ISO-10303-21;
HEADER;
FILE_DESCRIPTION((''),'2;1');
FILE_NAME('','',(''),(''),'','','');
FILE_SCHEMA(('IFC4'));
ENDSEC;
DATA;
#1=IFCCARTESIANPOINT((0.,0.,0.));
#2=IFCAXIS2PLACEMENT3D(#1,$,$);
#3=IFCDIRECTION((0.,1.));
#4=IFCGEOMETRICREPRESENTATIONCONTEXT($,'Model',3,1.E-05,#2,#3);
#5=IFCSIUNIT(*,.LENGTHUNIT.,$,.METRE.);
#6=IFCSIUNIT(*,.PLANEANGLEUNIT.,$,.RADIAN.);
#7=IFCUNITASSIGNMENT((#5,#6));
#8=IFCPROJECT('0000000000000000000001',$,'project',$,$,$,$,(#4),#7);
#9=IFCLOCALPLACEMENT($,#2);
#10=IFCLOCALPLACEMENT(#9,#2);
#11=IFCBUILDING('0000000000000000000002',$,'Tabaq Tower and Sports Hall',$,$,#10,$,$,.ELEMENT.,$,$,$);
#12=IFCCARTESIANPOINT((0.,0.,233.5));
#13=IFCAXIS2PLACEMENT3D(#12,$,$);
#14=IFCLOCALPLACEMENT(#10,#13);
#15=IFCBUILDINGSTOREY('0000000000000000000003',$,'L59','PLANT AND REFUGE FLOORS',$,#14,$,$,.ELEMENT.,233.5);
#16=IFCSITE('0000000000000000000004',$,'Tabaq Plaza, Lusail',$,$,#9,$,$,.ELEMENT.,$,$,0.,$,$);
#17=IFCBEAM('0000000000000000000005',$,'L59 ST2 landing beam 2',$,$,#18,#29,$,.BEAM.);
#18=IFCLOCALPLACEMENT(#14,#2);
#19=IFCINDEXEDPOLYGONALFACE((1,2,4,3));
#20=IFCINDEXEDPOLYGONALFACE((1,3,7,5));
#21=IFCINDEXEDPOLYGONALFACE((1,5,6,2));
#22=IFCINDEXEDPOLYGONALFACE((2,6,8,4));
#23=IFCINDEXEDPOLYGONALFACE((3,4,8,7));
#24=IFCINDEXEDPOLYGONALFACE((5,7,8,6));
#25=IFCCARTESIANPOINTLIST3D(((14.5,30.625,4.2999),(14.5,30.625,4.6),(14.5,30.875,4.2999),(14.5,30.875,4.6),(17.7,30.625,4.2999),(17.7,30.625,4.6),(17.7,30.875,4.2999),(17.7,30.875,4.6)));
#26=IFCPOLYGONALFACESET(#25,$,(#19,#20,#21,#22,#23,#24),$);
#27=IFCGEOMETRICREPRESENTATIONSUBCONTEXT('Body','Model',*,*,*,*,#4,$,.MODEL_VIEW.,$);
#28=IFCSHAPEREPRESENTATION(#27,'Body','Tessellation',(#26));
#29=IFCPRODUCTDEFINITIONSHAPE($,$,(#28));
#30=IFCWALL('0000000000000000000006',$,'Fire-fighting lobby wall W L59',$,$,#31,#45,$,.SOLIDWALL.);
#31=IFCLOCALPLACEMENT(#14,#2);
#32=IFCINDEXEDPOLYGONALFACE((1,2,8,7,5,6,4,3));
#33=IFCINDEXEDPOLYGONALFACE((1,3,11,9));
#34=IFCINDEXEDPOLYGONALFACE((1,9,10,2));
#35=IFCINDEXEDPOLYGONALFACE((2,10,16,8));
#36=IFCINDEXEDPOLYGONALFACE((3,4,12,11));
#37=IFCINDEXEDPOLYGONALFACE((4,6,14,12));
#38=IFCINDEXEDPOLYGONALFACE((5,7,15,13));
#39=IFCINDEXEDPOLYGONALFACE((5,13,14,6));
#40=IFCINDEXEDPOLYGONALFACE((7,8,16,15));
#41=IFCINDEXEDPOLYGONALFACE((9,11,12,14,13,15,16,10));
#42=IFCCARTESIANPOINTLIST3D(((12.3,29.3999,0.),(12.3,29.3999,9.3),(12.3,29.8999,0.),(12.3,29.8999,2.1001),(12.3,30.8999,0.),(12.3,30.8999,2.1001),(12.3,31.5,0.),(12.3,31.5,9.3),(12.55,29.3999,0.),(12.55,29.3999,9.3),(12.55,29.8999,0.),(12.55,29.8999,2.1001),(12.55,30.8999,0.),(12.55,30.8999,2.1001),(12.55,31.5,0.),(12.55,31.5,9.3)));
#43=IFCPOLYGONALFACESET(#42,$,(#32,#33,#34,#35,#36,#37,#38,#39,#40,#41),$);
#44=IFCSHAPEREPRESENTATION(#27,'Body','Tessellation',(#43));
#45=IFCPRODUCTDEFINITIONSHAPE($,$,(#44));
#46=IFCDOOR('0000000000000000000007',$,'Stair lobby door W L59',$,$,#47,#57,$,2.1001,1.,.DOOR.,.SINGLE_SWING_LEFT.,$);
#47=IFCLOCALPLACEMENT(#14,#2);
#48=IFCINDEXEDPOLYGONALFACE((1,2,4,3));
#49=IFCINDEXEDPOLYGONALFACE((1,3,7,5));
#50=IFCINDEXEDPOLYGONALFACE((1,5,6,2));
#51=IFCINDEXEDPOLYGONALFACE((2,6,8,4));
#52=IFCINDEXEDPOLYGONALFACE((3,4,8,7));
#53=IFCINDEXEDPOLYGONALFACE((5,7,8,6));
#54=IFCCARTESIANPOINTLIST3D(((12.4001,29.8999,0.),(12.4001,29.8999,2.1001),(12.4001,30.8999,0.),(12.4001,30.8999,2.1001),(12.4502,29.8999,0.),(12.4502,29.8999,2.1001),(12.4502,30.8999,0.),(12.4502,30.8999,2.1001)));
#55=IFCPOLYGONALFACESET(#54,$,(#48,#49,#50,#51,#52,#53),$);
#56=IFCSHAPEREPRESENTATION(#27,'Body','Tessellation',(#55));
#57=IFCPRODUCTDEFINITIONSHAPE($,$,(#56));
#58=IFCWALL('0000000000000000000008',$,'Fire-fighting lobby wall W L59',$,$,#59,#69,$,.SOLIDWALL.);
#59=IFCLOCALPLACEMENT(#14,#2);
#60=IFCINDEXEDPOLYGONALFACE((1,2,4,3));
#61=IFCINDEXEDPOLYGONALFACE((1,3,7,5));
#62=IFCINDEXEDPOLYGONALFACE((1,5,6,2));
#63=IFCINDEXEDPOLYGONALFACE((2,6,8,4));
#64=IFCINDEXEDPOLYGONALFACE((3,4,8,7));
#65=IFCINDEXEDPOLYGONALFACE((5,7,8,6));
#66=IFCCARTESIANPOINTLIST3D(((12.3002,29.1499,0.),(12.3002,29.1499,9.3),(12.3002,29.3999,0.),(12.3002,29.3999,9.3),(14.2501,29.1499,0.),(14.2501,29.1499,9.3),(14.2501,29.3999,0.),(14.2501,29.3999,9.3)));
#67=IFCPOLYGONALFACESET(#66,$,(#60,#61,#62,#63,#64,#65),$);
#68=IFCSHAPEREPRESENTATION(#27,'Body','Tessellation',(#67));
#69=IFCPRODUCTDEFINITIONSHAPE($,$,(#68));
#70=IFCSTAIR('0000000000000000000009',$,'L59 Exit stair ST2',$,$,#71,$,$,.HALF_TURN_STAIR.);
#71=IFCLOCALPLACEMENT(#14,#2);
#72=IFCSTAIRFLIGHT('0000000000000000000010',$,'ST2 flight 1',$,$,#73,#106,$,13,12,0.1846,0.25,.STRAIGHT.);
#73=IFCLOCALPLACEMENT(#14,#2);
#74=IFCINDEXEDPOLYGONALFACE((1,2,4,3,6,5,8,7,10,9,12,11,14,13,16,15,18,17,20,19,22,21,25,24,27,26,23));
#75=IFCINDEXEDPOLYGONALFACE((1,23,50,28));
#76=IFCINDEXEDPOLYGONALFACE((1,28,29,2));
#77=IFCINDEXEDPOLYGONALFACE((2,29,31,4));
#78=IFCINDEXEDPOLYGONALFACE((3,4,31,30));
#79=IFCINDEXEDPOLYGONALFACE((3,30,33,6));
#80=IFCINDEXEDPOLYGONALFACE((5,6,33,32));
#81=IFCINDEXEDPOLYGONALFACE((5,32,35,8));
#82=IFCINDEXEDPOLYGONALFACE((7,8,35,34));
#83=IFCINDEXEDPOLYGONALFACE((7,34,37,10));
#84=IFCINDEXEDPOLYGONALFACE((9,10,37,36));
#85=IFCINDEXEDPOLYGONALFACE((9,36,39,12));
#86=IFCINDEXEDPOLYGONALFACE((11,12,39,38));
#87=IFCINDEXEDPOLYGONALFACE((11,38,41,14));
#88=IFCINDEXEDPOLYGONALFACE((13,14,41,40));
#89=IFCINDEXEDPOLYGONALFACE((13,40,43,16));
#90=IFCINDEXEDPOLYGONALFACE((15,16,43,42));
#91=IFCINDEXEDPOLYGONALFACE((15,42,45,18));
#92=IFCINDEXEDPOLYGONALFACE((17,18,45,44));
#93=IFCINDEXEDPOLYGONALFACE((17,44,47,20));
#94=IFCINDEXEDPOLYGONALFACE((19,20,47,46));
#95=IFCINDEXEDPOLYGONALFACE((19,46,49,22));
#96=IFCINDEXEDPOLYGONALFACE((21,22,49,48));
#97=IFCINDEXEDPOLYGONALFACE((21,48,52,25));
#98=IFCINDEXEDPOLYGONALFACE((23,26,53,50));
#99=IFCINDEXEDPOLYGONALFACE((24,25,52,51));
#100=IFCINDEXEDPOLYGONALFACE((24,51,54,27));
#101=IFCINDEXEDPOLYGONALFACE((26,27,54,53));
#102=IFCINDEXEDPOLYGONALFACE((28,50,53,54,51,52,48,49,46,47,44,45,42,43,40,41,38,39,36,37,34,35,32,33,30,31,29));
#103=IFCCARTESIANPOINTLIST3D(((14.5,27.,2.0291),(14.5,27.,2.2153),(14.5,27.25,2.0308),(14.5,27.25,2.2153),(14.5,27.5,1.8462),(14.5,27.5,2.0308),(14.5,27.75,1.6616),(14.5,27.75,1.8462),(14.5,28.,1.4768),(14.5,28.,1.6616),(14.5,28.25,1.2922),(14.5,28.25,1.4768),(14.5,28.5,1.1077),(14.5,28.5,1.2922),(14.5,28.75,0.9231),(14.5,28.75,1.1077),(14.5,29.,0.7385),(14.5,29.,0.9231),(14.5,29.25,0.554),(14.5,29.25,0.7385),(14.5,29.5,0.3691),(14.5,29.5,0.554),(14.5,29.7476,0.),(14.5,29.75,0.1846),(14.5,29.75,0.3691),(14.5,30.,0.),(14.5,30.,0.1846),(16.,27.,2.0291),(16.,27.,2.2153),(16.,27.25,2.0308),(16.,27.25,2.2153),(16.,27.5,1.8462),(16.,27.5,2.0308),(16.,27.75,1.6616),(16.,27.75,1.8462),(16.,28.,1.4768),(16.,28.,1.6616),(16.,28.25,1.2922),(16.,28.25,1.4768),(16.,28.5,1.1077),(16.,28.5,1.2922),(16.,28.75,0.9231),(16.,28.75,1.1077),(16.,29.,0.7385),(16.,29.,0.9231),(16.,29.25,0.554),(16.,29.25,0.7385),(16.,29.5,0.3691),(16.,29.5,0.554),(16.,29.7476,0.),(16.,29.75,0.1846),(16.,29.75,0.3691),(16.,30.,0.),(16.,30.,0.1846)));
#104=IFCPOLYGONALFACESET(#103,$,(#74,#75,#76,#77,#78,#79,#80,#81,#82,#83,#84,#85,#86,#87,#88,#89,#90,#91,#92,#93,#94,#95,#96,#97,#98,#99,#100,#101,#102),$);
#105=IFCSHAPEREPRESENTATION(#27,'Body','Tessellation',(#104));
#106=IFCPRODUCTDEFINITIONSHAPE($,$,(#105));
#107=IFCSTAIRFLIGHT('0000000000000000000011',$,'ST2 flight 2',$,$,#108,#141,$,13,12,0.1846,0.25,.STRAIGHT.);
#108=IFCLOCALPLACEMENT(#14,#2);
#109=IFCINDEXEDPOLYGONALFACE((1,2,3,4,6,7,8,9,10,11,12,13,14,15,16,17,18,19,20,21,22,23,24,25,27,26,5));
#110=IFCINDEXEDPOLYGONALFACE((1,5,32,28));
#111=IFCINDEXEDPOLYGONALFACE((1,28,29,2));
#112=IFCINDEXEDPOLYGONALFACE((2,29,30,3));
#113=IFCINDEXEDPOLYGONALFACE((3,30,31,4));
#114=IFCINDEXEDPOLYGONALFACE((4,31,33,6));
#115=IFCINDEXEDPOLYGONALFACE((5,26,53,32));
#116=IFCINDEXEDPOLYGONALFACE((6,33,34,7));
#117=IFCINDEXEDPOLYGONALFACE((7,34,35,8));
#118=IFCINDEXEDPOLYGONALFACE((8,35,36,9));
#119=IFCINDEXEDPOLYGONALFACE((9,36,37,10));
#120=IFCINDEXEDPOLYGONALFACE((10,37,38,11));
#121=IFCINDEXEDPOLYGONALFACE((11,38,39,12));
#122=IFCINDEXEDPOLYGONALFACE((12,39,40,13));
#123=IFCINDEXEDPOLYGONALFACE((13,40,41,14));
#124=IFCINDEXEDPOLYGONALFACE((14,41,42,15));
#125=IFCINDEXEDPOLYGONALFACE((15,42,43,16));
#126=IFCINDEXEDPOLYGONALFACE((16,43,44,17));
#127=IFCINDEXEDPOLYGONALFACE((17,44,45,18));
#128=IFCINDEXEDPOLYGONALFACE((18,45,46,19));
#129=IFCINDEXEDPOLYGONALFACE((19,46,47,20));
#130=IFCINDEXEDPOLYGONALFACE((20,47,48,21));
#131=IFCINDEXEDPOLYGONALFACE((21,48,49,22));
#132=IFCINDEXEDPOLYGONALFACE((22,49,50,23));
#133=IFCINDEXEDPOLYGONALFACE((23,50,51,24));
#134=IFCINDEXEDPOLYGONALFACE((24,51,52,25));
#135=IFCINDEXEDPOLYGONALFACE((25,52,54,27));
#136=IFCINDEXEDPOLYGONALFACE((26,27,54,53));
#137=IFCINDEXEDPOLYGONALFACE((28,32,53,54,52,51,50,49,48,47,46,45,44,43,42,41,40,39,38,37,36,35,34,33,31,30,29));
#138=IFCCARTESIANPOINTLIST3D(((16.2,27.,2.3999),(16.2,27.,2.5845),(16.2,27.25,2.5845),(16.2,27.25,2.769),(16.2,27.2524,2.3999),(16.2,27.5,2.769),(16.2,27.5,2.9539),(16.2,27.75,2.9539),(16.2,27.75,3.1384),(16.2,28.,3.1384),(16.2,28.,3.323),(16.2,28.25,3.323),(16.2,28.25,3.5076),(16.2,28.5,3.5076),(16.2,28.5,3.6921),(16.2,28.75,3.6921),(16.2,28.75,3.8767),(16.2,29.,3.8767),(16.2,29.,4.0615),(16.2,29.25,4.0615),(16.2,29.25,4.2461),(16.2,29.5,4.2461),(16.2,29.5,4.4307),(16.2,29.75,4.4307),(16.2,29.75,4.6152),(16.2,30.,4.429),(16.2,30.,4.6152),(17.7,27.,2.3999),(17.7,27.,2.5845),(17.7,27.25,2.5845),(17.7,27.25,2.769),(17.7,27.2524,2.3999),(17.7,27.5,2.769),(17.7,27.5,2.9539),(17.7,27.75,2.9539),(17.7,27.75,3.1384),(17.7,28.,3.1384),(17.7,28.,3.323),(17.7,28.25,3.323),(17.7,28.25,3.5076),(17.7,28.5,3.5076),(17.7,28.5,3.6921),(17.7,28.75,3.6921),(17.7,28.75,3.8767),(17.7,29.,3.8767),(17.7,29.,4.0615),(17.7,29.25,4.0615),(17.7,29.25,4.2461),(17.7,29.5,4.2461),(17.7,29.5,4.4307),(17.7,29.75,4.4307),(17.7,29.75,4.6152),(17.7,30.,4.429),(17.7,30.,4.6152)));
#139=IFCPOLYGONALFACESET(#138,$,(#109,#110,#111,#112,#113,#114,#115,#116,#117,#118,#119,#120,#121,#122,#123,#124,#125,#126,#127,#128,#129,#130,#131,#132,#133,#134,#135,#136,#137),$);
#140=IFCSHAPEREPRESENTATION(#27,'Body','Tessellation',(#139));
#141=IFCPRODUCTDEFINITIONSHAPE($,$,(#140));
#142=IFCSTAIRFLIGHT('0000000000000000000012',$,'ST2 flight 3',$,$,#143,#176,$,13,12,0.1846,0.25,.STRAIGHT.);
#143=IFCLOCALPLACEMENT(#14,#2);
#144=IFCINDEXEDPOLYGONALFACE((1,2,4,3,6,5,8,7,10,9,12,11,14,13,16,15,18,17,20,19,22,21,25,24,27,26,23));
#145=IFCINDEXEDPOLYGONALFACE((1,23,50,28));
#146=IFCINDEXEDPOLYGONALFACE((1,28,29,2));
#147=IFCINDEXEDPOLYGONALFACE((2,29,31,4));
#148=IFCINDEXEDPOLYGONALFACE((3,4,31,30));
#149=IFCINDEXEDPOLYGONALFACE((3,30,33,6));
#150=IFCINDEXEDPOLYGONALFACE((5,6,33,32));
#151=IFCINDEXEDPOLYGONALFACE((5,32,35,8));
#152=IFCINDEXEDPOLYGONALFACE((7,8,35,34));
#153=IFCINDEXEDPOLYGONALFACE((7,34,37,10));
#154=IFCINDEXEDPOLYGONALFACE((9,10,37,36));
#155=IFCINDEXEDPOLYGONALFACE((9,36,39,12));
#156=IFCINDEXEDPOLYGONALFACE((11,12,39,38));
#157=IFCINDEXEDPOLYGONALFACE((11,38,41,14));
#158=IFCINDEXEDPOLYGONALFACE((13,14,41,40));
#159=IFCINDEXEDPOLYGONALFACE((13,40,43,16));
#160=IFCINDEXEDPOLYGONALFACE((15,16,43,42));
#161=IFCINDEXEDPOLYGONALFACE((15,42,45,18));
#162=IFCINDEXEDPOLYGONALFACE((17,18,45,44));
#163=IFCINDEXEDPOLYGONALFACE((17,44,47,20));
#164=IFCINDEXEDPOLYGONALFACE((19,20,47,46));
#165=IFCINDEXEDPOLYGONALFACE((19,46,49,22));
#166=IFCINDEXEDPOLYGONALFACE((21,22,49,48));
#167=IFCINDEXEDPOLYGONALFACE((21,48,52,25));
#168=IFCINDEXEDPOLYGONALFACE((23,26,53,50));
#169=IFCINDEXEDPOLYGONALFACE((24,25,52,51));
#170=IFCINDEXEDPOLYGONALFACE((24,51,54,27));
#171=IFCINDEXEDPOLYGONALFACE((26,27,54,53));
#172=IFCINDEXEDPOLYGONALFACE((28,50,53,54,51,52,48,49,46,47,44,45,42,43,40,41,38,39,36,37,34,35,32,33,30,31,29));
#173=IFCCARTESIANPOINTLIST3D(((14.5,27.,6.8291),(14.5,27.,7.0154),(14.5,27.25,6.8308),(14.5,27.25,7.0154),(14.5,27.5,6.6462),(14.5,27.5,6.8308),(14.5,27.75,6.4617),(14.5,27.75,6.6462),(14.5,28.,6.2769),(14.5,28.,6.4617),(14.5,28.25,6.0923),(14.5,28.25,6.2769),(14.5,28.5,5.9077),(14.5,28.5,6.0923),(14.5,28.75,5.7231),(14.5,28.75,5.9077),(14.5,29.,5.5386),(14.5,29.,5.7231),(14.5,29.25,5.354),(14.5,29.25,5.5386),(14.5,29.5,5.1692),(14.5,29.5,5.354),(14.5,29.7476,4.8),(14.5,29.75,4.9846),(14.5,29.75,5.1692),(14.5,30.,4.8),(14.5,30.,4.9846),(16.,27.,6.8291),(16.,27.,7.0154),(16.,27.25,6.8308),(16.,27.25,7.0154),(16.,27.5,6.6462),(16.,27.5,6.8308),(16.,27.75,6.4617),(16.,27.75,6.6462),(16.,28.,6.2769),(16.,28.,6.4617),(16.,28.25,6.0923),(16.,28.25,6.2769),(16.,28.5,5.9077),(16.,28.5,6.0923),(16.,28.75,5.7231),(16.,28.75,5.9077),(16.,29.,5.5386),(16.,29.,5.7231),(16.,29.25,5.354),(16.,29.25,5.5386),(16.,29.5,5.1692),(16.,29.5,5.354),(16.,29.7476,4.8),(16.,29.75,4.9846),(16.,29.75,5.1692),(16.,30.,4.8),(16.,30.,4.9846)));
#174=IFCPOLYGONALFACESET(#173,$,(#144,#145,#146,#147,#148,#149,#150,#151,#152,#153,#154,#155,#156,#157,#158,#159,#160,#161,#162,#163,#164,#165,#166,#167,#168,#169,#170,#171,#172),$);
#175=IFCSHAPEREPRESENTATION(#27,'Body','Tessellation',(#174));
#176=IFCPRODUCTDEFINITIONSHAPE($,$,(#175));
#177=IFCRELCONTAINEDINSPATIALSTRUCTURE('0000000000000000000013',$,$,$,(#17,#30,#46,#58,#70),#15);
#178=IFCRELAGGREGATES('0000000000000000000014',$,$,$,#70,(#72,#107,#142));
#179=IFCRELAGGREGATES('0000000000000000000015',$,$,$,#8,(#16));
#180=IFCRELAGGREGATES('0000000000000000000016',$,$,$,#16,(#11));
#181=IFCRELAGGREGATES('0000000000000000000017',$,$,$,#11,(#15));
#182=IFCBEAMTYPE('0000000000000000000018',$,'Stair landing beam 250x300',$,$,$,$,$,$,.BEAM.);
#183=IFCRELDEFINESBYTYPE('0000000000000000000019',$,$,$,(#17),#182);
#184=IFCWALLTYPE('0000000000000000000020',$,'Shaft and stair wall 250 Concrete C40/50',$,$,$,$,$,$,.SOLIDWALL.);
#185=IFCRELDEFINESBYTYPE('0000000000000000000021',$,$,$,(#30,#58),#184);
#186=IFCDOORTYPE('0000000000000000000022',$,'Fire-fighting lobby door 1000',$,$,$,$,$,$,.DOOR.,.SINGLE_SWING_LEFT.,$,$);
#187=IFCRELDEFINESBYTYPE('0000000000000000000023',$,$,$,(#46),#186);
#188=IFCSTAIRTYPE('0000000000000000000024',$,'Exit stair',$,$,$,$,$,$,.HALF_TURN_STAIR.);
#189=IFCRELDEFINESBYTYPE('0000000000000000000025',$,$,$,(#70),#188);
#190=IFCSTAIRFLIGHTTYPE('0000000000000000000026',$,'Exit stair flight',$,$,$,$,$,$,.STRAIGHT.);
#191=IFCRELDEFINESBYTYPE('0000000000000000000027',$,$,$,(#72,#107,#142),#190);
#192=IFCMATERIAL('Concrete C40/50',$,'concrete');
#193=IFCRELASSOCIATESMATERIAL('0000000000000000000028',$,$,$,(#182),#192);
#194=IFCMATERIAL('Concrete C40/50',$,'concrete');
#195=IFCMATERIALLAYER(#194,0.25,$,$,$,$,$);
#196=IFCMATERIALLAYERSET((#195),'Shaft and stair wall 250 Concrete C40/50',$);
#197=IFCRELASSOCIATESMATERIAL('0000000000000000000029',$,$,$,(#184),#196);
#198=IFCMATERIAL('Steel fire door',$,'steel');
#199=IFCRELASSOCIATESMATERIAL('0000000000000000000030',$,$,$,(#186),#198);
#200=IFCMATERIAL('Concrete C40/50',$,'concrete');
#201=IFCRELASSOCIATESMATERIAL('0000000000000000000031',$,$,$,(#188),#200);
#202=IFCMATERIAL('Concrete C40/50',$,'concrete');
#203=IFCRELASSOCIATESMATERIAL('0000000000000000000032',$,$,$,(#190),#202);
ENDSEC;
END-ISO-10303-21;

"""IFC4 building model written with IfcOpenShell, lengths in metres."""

from ifc_helpers import new_model, si_unit, direction, frame, frame_2d, origin, origin_2d, place, context, subcontext, project, spatial, polyline, rectangle, outline, extrude, material, layer, layer_set, material_profile, profile_set, type_object, element, fill, aggregate, save


model = new_model("IFC4")

# Units and contexts
model_context = context("Model", 3, precision=1e-05, world=origin(), true_north=direction((0.0, 1.0)))
body_context = subcontext(model_context, "Body", "Model", "MODEL_VIEW")
ifc_project = project(units=[si_unit("LENGTHUNIT", "METRE"), si_unit("PLANEANGLEUNIT", "RADIAN")], contexts=[model_context])

# Site, building, storey
site_placement = place(None, origin())
site = spatial("IfcSite", under=ifc_project, at=site_placement, Name="Tabaq Plaza, Lusail", CompositionType="ELEMENT", RefElevation=0.0)
building_placement = place(site_placement, origin())
building = spatial("IfcBuilding", under=site, at=building_placement, Name="Tabaq Tower and Sports Hall", CompositionType="ELEMENT")
storey_placement = place(building_placement, frame((0.0, 0.0, 233.5)))
storey = spatial("IfcBuildingStorey", under=building, at=storey_placement, Name="L59", Description="PLANT AND REFUGE FLOORS", CompositionType="ELEMENT", Elevation=233.5)

# Beam
ifc_material_1 = material(Name="Concrete C40/50", Category="concrete")
ifc_material_profile = material_profile(ifc_material_1, rectangle(XDim=0.25, YDim=0.3, at=origin_2d()), Name="RC 250x300")
ifc_profile_set = profile_set([ifc_material_profile], Name="Concrete C40/50")
beam_type = type_object("IfcBeamType", Name="Stair landing beam 250x300", PredefinedType="BEAM", material=ifc_profile_set)
beam_placement = place(storey_placement, frame((14.5, 30.75, 4.45), z_axis=(1.0, 0.0, 0.0), x_axis=(0.0, 1.0, 0.0)))
element("IfcBeam", 1, at=beam_placement, inside=storey, type_object=beam_type, Name="L59 ST2 landing beam 2", PredefinedType="BEAM", context=body_context, shape_type="SweptSolid", body=[
    extrude(rectangle(XDim=0.25, YDim=0.3, at=origin_2d()), origin(), (0.0, 0.0, 1.0), 3.2),
])

# Wall, opening, door
ifc_material_2 = material(Name="Concrete C40/50", Category="concrete")
ifc_layer = layer(ifc_material_2, 0.25)
ifc_layer_set = layer_set([ifc_layer], Name="Shaft and stair wall 250 Concrete C40/50")
wall_type = type_object("IfcWallType", Name="Shaft and stair wall 250 Concrete C40/50", PredefinedType="SOLIDWALL", material=ifc_layer_set)
wall_1_placement = place(storey_placement, frame((12.425, 29.3999, 0.0), z_axis=(0.0, 0.0, 1.0), x_axis=(0.0, 1.0, 0.0)))
wall_1 = element("IfcWall", 2, at=wall_1_placement, inside=storey, type_object=wall_type, Name="Fire-fighting lobby wall W L59", PredefinedType="SOLIDWALL", context=body_context, shape_type="SweptSolid", body=[
    extrude(rectangle(XDim=2.1001, YDim=0.25, at=frame_2d((1.05, 0.0))), origin(), (0.0, 0.0, 1.0), 9.3),
])
opening_placement = place(wall_1_placement, frame((0.5, 0.0, 0.0)))
opening = element("IfcOpeningElement", 3, at=opening_placement, cuts=wall_1, PredefinedType="OPENING", context=body_context, shape_type="SweptSolid", body=[
    extrude(rectangle(XDim=1.0, YDim=2.1001, at=frame_2d((0.5, 1.05))), frame((0.0, 0.125, 0.0), z_axis=(0.0, -1.0, 0.0), x_axis=(1.0, 0.0, 0.0)), (0.0, 0.0, 1.0), 0.25),
])
ifc_material_3 = material(Name="Steel fire door", Category="steel")
door_type = type_object("IfcDoorType", Name="Fire-fighting lobby door 1000", OperationType="SINGLE_SWING_LEFT", PredefinedType="DOOR", material=ifc_material_3)
door_placement = place(opening_placement, origin())
door = element("IfcDoor", 4, at=door_placement, inside=storey, type_object=door_type, Name="Stair lobby door W L59", OperationType="SINGLE_SWING_LEFT", OverallHeight=2.1001, OverallWidth=1.0, PredefinedType="DOOR", context=body_context, shape_type="SweptSolid", body=[
    extrude(rectangle(XDim=1.0, YDim=2.1001, at=frame_2d((0.5, 1.05))), frame((0.0, 0.0249, 0.0), z_axis=(0.0, -1.0, 0.0), x_axis=(1.0, 0.0, 0.0)), (0.0, 0.0, 1.0), 0.05),
])
fill(opening, door)

# Wall
wall_2_placement = place(storey_placement, frame((12.3, 29.2749, 0.0), z_axis=(0.0, 0.0, 1.0), x_axis=(1.0, 0.0, 0.0)))
element("IfcWall", 5, at=wall_2_placement, inside=storey, type_object=wall_type, Name="Fire-fighting lobby wall W L59", PredefinedType="SOLIDWALL", context=body_context, shape_type="SweptSolid", body=[
    extrude(rectangle(XDim=1.95, YDim=0.25, at=frame_2d((0.9751, 0.0))), origin(), (0.0, 0.0, 1.0), 9.3),
])

# Stair, stair flights
ifc_material_4 = material(Name="Concrete C40/50", Category="concrete")
stair_type = type_object("IfcStairType", Name="Exit stair", PredefinedType="HALF_TURN_STAIR", material=ifc_material_4)
stair_placement = place(storey_placement, origin())
stair = element("IfcStair", 6, at=stair_placement, inside=storey, type_object=stair_type, Name="L59 Exit stair ST2", PredefinedType="HALF_TURN_STAIR")
ifc_material_5 = material(Name="Concrete C40/50", Category="concrete")
stair_flight_type = type_object("IfcStairFlightType", Name="Exit stair flight", PredefinedType="STRAIGHT", material=ifc_material_5)
stair_flight_1_placement = place(storey_placement, frame((15.25, 30.0, 0.0), z_axis=(0.0, 0.0, 1.0), x_axis=(0.0, -1.0, 0.0)))
stair_flight_1 = element("IfcStairFlight", 7, at=stair_flight_1_placement, type_object=stair_flight_type, Name="ST2 flight 1", NumberOfRisers=13, NumberOfTreads=12, PredefinedType="STRAIGHT", RiserHeight=0.1846, TreadLength=0.25, context=body_context, shape_type="SweptSolid", body=[
    extrude(outline(polyline([(0.0, 0.0), (0.0, 0.1846), (0.25, 0.1846), (0.25, 0.3691), (0.5, 0.3691), (0.5, 0.554), (0.75, 0.554), (0.75, 0.7385), (1.0, 0.7385), (1.0, 0.9231), (1.25, 0.9231), (1.25, 1.1077), (1.5, 1.1077), (1.5, 1.2922), (1.75, 1.2922), (1.75, 1.4768), (2.0, 1.4768), (2.0, 1.6616), (2.25, 1.6616), (2.25, 1.8462), (2.5, 1.8462), (2.5, 2.0308), (2.75, 2.0308), (2.75, 2.2153), (3.0, 2.2153), (3.0, 2.3999), (3.0, 2.0291), (0.2524, 0.0), (0.0, 0.0)])), frame((0.0, 0.75, 0.0), z_axis=(0.0, -1.0, 0.0), x_axis=(1.0, 0.0, 0.0)), (0.0, 0.0, 1.0), 1.5),
])
stair_flight_2_placement = place(storey_placement, frame((16.95, 27.0, 2.3999), z_axis=(0.0, 0.0, 1.0), x_axis=(0.0, 1.0, 0.0)))
stair_flight_2 = element("IfcStairFlight", 8, at=stair_flight_2_placement, type_object=stair_flight_type, Name="ST2 flight 2", NumberOfRisers=13, NumberOfTreads=12, PredefinedType="STRAIGHT", RiserHeight=0.1846, TreadLength=0.25, context=body_context, shape_type="SweptSolid", body=[
    extrude(outline(polyline([(0.0, 0.0), (0.0, 0.1846), (0.25, 0.1846), (0.25, 0.3691), (0.5, 0.3691), (0.5, 0.554), (0.75, 0.554), (0.75, 0.7385), (1.0, 0.7385), (1.0, 0.9231), (1.25, 0.9231), (1.25, 1.1077), (1.5, 1.1077), (1.5, 1.2922), (1.75, 1.2922), (1.75, 1.4768), (2.0, 1.4768), (2.0, 1.6616), (2.25, 1.6616), (2.25, 1.8462), (2.5, 1.8462), (2.5, 2.0308), (2.75, 2.0308), (2.75, 2.2153), (3.0, 2.2153), (3.0, 2.3999), (3.0, 2.0291), (0.2524, 0.0), (0.0, 0.0)])), frame((0.0, 0.75, 0.0), z_axis=(0.0, -1.0, 0.0), x_axis=(1.0, 0.0, 0.0)), (0.0, 0.0, 1.0), 1.5),
])
stair_flight_3_placement = place(storey_placement, frame((15.25, 30.0, 4.8), z_axis=(0.0, 0.0, 1.0), x_axis=(0.0, -1.0, 0.0)))
stair_flight_3 = element("IfcStairFlight", 9, at=stair_flight_3_placement, type_object=stair_flight_type, Name="ST2 flight 3", NumberOfRisers=13, NumberOfTreads=12, PredefinedType="STRAIGHT", RiserHeight=0.1846, TreadLength=0.25, context=body_context, shape_type="SweptSolid", body=[
    extrude(outline(polyline([(0.0, 0.0), (0.0, 0.1846), (0.25, 0.1846), (0.25, 0.3691), (0.5, 0.3691), (0.5, 0.554), (0.75, 0.554), (0.75, 0.7385), (1.0, 0.7385), (1.0, 0.9231), (1.25, 0.9231), (1.25, 1.1077), (1.5, 1.1077), (1.5, 1.2922), (1.75, 1.2922), (1.75, 1.4768), (2.0, 1.4768), (2.0, 1.6616), (2.25, 1.6616), (2.25, 1.8462), (2.5, 1.8462), (2.5, 2.0308), (2.75, 2.0308), (2.75, 2.2153), (3.0, 2.2153), (3.0, 2.3999), (3.0, 2.0291), (0.2524, 0.0), (0.0, 0.0)])), frame((0.0, 0.75, 0.0), z_axis=(0.0, -1.0, 0.0), x_axis=(1.0, 0.0, 0.0)), (0.0, 0.0, 1.0), 1.5),
])
aggregate(stair, [stair_flight_1, stair_flight_2, stair_flight_3])

save(model, "model.ifc")
